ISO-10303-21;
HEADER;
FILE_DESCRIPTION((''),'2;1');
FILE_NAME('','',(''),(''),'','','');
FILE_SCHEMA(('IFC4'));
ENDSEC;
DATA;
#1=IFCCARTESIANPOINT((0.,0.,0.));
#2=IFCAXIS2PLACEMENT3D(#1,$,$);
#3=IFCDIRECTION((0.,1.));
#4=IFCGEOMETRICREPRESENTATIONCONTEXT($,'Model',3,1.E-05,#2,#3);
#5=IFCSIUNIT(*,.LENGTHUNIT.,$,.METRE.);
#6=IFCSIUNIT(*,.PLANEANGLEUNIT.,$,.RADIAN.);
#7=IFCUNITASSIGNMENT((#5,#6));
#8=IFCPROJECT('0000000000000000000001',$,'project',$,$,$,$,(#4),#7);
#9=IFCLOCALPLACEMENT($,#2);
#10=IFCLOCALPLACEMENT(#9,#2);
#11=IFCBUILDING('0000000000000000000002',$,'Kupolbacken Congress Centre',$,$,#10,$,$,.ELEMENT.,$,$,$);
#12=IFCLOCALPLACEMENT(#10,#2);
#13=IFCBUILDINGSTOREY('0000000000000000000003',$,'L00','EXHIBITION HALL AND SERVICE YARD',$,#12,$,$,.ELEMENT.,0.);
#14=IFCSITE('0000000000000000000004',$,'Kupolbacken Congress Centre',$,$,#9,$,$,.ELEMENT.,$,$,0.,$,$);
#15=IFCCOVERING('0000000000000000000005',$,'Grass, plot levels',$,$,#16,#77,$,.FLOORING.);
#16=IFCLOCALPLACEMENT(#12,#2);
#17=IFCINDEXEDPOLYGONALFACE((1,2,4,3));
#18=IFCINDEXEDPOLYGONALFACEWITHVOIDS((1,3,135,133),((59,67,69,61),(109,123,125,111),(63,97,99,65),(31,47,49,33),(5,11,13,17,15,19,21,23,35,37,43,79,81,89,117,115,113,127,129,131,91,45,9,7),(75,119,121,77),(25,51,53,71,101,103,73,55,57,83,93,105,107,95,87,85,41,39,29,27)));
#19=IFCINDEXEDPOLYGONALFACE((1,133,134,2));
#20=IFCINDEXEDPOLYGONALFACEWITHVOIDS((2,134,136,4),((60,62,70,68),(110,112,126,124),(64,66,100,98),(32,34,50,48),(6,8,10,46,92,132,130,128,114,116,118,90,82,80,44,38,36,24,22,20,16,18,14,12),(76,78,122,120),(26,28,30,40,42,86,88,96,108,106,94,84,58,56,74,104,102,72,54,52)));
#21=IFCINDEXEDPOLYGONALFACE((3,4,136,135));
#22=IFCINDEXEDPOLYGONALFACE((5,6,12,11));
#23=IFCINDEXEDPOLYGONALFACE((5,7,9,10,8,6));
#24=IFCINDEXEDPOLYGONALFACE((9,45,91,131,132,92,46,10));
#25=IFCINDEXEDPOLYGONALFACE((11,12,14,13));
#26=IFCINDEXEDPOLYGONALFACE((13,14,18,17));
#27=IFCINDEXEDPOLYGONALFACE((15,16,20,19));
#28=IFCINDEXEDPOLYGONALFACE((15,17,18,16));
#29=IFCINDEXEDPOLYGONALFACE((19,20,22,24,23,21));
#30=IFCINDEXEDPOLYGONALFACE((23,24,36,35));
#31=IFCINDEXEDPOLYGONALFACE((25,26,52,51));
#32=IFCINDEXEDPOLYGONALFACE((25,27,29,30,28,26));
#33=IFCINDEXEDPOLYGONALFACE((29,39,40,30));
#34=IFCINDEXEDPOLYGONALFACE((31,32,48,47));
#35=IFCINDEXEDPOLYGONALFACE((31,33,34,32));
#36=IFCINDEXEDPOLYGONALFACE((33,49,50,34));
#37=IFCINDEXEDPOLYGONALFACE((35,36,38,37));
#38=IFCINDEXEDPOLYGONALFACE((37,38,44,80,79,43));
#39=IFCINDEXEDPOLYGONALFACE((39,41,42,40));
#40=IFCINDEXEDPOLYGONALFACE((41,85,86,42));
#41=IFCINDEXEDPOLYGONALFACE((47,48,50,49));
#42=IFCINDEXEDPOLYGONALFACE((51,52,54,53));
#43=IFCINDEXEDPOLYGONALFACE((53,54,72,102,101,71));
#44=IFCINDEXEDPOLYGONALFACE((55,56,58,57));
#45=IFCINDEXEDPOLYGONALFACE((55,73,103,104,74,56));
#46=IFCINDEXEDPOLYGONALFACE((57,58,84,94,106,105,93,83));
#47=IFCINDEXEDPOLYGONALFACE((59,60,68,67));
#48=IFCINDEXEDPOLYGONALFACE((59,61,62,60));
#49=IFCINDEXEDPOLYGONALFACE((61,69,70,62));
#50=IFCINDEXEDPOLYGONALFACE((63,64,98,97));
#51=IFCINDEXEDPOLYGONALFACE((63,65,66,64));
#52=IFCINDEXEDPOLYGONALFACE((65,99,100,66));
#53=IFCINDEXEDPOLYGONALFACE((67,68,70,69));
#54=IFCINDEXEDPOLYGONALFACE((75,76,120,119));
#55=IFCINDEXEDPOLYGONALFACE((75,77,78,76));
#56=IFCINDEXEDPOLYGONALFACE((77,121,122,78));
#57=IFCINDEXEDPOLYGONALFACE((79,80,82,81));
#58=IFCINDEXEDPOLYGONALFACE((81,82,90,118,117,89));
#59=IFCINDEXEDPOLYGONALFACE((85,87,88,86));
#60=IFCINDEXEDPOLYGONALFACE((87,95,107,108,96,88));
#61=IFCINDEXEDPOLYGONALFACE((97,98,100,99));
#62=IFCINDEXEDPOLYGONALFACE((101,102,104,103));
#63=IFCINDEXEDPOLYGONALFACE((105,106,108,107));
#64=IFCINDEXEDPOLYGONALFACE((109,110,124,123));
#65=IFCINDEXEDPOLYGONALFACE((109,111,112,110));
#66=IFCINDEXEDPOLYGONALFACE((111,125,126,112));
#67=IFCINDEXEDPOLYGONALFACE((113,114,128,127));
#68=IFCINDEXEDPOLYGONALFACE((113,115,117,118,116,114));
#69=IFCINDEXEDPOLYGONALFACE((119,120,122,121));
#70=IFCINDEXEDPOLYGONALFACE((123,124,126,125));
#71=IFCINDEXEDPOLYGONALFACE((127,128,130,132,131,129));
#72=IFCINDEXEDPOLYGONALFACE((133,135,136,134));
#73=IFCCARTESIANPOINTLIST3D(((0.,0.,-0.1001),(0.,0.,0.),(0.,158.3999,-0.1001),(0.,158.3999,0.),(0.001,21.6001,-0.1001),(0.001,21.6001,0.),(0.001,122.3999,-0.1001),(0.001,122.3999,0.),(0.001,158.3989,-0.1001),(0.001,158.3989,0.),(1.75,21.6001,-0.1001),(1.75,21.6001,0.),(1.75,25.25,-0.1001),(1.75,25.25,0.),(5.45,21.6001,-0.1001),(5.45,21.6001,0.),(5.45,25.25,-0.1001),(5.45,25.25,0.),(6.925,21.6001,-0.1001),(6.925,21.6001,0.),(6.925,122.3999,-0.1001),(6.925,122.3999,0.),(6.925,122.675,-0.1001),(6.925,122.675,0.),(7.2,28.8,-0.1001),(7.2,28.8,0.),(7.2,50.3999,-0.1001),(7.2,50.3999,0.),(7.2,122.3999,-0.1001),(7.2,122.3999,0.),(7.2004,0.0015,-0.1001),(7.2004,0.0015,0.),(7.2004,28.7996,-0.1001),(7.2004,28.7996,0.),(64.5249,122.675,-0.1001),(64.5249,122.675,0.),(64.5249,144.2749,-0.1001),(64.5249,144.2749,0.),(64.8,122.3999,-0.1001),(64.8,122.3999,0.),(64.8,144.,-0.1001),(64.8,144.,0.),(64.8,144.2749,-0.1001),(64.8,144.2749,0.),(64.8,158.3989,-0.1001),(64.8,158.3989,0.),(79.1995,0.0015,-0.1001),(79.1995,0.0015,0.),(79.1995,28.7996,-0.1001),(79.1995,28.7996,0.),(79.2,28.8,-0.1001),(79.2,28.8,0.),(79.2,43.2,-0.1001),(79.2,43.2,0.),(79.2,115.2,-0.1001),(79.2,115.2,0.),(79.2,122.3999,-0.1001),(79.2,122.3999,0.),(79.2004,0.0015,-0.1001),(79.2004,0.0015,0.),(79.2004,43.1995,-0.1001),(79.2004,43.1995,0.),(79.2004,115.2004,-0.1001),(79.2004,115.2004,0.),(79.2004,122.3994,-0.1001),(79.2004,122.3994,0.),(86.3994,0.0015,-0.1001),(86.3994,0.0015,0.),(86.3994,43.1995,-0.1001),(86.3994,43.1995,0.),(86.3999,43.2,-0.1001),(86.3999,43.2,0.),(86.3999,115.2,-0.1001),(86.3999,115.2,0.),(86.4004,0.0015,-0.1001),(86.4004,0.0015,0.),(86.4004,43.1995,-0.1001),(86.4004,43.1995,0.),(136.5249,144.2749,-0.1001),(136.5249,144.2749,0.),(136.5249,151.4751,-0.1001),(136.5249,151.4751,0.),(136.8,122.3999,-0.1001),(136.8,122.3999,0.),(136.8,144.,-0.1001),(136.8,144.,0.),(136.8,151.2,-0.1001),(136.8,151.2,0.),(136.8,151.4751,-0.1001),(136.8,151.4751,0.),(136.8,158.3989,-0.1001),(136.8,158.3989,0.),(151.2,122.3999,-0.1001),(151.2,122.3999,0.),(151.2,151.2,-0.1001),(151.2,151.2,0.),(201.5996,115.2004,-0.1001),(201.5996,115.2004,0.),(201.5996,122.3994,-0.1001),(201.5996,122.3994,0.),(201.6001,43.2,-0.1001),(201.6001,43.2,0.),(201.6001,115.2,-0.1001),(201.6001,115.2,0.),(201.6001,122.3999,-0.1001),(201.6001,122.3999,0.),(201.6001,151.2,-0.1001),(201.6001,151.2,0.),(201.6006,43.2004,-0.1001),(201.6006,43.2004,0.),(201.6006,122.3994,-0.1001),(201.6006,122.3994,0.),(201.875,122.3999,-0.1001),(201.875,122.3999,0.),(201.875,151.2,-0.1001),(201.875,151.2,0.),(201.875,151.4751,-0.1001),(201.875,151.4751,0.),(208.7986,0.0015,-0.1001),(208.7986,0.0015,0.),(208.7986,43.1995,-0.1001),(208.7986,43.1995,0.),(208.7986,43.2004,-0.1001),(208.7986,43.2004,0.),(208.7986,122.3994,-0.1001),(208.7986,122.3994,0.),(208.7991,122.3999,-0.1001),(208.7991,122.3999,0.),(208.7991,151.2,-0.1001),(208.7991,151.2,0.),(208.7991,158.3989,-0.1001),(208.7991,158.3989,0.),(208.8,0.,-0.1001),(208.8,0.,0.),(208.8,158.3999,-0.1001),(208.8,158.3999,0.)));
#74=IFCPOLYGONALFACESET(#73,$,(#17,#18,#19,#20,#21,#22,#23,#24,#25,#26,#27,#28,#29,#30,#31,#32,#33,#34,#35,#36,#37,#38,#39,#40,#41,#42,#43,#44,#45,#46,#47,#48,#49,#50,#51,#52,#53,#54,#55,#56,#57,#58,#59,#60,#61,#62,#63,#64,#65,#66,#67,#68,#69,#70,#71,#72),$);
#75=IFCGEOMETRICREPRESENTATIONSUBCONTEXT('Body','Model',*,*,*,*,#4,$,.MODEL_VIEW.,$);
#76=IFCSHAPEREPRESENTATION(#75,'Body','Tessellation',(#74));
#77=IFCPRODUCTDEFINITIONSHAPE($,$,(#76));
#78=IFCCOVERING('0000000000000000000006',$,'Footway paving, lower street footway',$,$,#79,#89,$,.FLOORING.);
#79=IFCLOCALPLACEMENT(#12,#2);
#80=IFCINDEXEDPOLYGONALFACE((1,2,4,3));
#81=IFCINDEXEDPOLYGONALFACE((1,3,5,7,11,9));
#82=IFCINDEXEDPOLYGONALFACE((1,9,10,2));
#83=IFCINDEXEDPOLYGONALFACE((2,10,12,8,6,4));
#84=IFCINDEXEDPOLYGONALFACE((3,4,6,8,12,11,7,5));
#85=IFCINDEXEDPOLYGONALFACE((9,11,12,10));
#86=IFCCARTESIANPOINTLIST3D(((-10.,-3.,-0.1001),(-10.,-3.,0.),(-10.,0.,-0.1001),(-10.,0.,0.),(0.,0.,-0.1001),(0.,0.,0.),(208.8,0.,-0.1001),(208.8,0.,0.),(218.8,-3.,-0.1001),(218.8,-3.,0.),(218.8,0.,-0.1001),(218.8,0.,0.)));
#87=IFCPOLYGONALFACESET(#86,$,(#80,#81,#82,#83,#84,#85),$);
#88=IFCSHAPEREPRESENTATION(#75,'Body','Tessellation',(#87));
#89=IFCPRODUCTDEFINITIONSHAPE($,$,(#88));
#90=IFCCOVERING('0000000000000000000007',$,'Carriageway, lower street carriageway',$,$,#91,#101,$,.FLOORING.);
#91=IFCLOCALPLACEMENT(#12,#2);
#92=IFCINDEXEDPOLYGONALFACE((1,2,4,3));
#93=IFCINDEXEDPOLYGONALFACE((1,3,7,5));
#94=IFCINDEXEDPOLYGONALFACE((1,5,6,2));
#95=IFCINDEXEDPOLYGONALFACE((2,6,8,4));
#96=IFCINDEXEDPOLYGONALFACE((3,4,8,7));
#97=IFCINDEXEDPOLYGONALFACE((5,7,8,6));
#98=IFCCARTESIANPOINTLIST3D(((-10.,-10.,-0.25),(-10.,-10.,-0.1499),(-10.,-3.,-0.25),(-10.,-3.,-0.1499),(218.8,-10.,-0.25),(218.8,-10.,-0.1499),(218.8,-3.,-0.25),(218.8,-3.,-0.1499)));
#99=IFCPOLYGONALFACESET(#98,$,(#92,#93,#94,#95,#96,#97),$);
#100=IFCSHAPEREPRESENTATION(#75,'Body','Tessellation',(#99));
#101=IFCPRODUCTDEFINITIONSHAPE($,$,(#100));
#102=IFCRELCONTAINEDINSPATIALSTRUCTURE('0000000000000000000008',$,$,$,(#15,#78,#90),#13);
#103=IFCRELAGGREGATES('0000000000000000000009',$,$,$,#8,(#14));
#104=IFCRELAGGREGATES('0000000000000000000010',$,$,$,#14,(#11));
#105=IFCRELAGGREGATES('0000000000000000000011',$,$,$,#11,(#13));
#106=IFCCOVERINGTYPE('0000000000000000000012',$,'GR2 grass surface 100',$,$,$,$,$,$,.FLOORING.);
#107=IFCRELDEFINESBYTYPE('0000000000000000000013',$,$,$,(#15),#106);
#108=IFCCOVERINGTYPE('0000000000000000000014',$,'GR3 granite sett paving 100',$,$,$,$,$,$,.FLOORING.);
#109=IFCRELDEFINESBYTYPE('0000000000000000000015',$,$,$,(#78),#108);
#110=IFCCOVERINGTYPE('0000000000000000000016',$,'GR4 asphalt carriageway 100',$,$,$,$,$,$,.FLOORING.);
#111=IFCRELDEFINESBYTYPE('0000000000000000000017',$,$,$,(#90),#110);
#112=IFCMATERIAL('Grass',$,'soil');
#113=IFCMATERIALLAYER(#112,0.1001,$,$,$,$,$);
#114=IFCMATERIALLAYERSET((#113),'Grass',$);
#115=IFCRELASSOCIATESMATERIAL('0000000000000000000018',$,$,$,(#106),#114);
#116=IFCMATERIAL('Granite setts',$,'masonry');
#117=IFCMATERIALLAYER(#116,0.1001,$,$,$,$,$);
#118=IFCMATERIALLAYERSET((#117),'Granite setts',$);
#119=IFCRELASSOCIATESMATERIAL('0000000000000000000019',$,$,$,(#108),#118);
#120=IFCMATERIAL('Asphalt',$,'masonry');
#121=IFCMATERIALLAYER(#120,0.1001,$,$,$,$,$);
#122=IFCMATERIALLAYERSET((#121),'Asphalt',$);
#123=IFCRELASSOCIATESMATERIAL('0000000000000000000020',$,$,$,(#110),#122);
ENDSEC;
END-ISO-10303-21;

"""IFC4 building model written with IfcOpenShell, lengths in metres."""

from ifc_helpers import new_model, si_unit, direction, frame, origin, place, context, subcontext, project, spatial, polyline, outline, extrude, material, layer, layer_set, type_object, element, save


model = new_model("IFC4")

# Units and contexts
model_context = context("Model", 3, precision=1e-05, world=origin(), true_north=direction((0.0, 1.0)))
body_context = subcontext(model_context, "Body", "Model", "MODEL_VIEW")
ifc_project = project(units=[si_unit("LENGTHUNIT", "METRE"), si_unit("PLANEANGLEUNIT", "RADIAN")], contexts=[model_context])

# Site, building, storey
site_placement = place(None, origin())
site = spatial("IfcSite", under=ifc_project, at=site_placement, Name="Kupolbacken Congress Centre", CompositionType="ELEMENT", RefElevation=0.0)
building_placement = place(site_placement, origin())
building = spatial("IfcBuilding", under=site, at=building_placement, Name="Kupolbacken Congress Centre", CompositionType="ELEMENT")
storey_placement = place(building_placement, origin())
storey = spatial("IfcBuildingStorey", under=building, at=storey_placement, Name="L00", Description="EXHIBITION HALL AND SERVICE YARD", CompositionType="ELEMENT", Elevation=0.0)

# Coverings
ifc_material_1 = material(Name="Grass", Category="soil")
ifc_layer_1 = layer(ifc_material_1, 0.1001)
ifc_layer_set_1 = layer_set([ifc_layer_1], Name="Grass")
covering_type_1 = type_object("IfcCoveringType", Name="GR2 grass surface 100", PredefinedType="FLOORING", material=ifc_layer_set_1)
covering_1_placement = place(storey_placement, frame((0.0, 0.0, -0.1001)))
element("IfcCovering", 1, at=covering_1_placement, inside=storey, type_object=covering_type_1, Name="Grass, plot levels", PredefinedType="FLOORING", context=body_context, shape_type="SweptSolid", body=[
    extrude(outline(polyline([(0.0, 158.3999), (208.8, 158.3999), (208.8, 0.0), (0.0, 0.0), (0.0, 158.3999)]), holes=[polyline([(5.45, 21.6001), (6.925, 21.6001), (6.925, 122.3999), (6.925, 122.675), (64.5249, 122.675), (64.5249, 144.2749), (64.8, 144.2749), (136.5249, 144.2749), (136.5249, 151.4751), (136.8, 151.4751), (201.875, 151.4751), (201.875, 151.2), (201.875, 122.3999), (208.7991, 122.3999), (208.7991, 151.2), (208.7991, 158.3989), (136.8, 158.3989), (64.8, 158.3989), (0.001, 158.3989), (0.001, 122.3999), (0.001, 21.6001), (1.75, 21.6001), (1.75, 25.25), (5.45, 25.25), (5.45, 21.6001)]), polyline([(208.7986, 43.1995), (86.4004, 43.1995), (86.4004, 0.0015), (208.7986, 0.0015), (208.7986, 43.1995)]), polyline([(208.7986, 43.2004), (208.7986, 122.3994), (201.6006, 122.3994), (201.6006, 43.2004), (208.7986, 43.2004)]), polyline([(7.2, 28.8), (79.2, 28.8), (79.2, 43.2), (86.3999, 43.2), (201.6001, 43.2), (201.6001, 115.2), (86.3999, 115.2), (79.2, 115.2), (79.2, 122.3999), (136.8, 122.3999), (151.2, 122.3999), (201.6001, 122.3999), (201.6001, 151.2), (151.2, 151.2), (136.8, 151.2), (136.8, 144.0), (64.8, 144.0), (64.8, 122.3999), (7.2, 122.3999), (7.2, 50.3999), (7.2, 28.8)]), polyline([(201.5996, 122.3994), (79.2004, 122.3994), (79.2004, 115.2004), (201.5996, 115.2004), (201.5996, 122.3994)]), polyline([(86.3994, 43.1995), (79.2004, 43.1995), (79.2004, 0.0015), (86.3994, 0.0015), (86.3994, 43.1995)]), polyline([(79.1995, 28.7996), (7.2004, 28.7996), (7.2004, 0.0015), (79.1995, 0.0015), (79.1995, 28.7996)])]), origin(), (0.0, 0.0, 1.0), 0.1001),
])
ifc_material_2 = material(Name="Granite setts", Category="masonry")
ifc_layer_2 = layer(ifc_material_2, 0.1001)
ifc_layer_set_2 = layer_set([ifc_layer_2], Name="Granite setts")
covering_type_2 = type_object("IfcCoveringType", Name="GR3 granite sett paving 100", PredefinedType="FLOORING", material=ifc_layer_set_2)
covering_2_placement = place(storey_placement, frame((0.0, 0.0, -0.1001)))
element("IfcCovering", 2, at=covering_2_placement, inside=storey, type_object=covering_type_2, Name="Footway paving, lower street footway", PredefinedType="FLOORING", context=body_context, shape_type="SweptSolid", body=[
    extrude(outline(polyline([(218.8, 0.0), (218.8, -3.0), (-10.0, -3.0), (-10.0, 0.0), (0.0, 0.0), (208.8, 0.0), (218.8, 0.0)])), origin(), (0.0, 0.0, 1.0), 0.1001),
])
ifc_material_3 = material(Name="Asphalt", Category="masonry")
ifc_layer_3 = layer(ifc_material_3, 0.1001)
ifc_layer_set_3 = layer_set([ifc_layer_3], Name="Asphalt")
covering_type_3 = type_object("IfcCoveringType", Name="GR4 asphalt carriageway 100", PredefinedType="FLOORING", material=ifc_layer_set_3)
covering_3_placement = place(storey_placement, frame((0.0, 0.0, -0.25)))
element("IfcCovering", 3, at=covering_3_placement, inside=storey, type_object=covering_type_3, Name="Carriageway, lower street carriageway", PredefinedType="FLOORING", context=body_context, shape_type="SweptSolid", body=[
    extrude(outline(polyline([(-10.0, -10.0), (-10.0, -3.0), (218.8, -3.0), (218.8, -10.0), (-10.0, -10.0)])), origin(), (0.0, 0.0, 1.0), 0.1001),
])

save(model, "model.ifc")
